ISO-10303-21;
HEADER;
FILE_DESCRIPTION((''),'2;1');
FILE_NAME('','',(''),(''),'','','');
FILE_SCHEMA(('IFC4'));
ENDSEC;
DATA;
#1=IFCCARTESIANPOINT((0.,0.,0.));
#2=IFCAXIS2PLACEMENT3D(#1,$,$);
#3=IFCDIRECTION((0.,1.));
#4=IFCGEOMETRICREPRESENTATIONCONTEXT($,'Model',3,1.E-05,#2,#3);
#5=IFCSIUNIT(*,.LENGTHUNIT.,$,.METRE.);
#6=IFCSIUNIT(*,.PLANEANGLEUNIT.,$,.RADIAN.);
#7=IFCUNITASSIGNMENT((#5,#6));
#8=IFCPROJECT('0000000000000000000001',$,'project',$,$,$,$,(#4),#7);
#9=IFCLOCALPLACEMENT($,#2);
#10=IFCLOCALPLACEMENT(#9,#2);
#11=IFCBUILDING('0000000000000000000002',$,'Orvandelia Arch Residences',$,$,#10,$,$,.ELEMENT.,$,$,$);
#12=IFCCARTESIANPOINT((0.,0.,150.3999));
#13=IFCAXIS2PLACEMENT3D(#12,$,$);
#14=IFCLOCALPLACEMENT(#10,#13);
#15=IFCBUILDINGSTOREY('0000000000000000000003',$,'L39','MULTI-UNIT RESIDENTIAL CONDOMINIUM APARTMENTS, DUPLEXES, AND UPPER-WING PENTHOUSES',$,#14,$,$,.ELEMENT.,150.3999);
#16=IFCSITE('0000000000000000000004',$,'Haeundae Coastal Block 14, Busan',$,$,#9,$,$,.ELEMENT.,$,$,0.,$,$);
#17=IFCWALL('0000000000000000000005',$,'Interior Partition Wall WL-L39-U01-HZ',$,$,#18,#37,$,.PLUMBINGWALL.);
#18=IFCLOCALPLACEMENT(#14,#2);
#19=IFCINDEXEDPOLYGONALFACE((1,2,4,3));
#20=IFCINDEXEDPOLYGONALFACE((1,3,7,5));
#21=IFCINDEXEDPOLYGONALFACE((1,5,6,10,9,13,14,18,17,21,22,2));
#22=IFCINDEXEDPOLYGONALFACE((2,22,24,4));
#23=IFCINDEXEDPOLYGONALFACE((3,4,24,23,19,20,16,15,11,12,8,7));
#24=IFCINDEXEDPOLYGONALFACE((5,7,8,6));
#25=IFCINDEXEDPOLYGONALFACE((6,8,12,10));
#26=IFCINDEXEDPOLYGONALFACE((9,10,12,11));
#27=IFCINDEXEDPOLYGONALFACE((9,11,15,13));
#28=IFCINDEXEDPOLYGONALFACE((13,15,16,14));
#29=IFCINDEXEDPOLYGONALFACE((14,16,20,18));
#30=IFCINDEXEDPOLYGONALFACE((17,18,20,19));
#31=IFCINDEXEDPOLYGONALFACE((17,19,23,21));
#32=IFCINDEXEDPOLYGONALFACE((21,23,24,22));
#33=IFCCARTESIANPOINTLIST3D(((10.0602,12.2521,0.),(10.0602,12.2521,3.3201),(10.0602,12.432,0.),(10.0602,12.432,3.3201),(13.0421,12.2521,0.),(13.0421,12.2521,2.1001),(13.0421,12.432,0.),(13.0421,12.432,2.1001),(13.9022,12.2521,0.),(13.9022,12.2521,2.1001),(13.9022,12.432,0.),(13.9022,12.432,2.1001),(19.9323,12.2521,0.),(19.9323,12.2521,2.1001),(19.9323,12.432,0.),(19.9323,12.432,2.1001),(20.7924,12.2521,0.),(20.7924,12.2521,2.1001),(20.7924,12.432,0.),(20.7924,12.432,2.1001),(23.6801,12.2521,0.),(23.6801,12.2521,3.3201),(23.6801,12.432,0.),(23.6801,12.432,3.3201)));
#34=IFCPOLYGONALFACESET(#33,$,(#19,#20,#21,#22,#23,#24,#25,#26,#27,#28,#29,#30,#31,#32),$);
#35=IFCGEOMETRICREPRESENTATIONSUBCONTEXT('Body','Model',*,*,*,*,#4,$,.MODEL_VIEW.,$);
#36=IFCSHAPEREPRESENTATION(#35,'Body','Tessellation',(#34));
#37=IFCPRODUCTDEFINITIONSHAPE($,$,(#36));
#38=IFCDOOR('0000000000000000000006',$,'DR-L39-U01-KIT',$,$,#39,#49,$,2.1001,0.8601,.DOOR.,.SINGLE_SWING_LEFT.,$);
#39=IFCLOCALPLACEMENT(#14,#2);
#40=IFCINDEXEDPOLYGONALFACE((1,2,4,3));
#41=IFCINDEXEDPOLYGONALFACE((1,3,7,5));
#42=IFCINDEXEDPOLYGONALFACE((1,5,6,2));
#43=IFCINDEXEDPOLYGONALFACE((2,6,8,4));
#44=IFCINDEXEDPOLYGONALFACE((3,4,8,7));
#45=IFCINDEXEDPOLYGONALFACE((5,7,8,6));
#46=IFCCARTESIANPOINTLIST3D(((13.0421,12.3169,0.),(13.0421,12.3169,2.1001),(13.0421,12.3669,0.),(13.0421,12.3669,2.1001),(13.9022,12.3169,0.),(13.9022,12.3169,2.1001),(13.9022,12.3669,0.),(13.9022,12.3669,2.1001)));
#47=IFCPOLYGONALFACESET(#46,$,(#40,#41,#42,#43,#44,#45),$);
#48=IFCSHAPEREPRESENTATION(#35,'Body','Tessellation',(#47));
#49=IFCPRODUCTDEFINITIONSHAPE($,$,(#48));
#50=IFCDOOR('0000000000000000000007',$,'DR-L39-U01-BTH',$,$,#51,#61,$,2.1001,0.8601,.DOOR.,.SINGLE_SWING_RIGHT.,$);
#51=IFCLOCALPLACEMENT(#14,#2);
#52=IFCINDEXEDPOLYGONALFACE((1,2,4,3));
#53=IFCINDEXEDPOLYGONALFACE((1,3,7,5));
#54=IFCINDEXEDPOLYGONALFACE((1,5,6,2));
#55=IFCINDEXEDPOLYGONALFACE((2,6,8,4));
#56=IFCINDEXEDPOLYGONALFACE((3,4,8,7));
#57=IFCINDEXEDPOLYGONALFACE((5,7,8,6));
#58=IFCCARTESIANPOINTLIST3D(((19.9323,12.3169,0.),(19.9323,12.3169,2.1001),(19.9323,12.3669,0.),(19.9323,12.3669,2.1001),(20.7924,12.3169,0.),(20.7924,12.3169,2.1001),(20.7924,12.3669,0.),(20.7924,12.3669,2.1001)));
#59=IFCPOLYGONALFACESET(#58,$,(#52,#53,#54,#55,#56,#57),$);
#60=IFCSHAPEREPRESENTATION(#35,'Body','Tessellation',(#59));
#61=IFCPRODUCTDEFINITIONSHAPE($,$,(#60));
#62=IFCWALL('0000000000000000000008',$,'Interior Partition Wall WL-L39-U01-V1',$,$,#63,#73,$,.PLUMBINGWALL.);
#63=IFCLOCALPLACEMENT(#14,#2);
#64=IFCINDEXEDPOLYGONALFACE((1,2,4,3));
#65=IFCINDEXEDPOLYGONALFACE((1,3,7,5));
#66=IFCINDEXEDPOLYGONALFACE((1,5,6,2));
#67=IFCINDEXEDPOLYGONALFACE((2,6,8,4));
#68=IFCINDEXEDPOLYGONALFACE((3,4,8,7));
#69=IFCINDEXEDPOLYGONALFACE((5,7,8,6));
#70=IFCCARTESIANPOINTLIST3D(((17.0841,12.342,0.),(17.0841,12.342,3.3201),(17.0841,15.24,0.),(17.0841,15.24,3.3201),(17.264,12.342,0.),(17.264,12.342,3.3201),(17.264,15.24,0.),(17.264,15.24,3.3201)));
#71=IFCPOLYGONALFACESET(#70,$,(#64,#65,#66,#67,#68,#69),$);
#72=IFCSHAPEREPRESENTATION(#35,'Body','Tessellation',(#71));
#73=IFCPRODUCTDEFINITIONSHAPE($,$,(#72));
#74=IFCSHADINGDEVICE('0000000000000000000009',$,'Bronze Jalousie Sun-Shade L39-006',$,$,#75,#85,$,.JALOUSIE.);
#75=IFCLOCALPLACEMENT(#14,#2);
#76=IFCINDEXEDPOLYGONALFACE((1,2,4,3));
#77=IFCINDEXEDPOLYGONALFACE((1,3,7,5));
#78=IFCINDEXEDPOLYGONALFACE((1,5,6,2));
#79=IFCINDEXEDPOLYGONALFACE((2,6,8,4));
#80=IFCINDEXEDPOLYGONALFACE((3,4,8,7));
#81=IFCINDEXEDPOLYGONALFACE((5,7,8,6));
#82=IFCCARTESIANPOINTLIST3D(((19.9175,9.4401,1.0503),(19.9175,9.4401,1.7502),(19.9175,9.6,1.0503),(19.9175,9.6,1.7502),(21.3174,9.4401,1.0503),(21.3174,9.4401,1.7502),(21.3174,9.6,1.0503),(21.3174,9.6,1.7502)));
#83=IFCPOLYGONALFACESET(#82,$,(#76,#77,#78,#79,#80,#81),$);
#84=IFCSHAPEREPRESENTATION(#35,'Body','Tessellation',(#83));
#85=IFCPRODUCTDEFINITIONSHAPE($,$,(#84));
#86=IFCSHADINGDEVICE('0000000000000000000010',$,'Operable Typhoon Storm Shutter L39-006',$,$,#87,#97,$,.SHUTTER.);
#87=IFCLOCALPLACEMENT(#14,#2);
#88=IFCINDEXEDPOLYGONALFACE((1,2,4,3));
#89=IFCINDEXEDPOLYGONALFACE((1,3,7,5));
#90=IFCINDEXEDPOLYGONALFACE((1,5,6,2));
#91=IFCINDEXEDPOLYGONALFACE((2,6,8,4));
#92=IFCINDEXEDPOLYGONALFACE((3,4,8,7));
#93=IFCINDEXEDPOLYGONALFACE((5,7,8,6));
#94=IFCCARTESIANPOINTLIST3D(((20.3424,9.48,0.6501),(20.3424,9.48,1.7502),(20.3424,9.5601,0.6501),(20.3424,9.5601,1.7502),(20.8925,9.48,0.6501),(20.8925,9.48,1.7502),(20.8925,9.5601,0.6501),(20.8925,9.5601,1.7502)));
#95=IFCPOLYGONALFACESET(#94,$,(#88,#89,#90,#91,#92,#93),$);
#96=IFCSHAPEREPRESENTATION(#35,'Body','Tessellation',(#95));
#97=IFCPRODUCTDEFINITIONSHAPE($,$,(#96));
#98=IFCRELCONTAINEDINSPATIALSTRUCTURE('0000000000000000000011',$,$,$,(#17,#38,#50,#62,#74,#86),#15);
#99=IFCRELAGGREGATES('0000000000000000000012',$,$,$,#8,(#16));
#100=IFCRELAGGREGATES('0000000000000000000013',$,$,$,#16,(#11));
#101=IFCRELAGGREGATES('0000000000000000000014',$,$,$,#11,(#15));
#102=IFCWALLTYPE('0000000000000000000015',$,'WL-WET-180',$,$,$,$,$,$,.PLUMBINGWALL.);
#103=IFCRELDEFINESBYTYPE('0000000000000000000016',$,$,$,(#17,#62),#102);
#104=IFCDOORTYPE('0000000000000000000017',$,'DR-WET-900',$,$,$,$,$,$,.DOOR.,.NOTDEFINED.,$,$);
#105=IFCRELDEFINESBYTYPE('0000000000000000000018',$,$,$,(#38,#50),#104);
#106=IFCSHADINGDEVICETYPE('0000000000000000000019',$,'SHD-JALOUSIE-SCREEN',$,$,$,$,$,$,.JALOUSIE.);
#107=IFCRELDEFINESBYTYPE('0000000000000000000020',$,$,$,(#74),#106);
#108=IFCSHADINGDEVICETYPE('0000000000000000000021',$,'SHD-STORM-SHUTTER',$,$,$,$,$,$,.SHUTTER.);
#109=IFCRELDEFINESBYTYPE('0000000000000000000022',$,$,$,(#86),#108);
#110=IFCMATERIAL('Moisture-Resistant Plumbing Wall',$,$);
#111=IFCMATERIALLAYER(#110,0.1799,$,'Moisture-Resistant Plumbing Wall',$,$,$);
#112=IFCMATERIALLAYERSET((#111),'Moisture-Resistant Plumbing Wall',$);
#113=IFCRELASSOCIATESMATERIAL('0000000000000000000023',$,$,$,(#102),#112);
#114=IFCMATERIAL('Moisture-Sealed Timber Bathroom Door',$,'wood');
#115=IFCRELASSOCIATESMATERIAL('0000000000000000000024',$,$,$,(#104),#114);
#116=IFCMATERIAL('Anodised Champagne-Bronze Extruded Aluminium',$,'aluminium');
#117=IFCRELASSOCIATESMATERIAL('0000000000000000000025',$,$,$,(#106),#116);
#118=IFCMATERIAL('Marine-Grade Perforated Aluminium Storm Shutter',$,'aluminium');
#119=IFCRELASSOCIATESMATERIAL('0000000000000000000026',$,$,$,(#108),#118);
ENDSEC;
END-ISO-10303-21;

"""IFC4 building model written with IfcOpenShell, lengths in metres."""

from ifc_helpers import new_model, si_unit, direction, frame, frame_2d, origin, origin_2d, place, context, subcontext, project, spatial, rectangle, extrude, material, layer, layer_set, type_object, element, fill, save


model = new_model("IFC4")

# Units and contexts
model_context = context("Model", 3, precision=1e-05, world=origin(), true_north=direction((0.0, 1.0)))
body_context = subcontext(model_context, "Body", "Model", "MODEL_VIEW")
ifc_project = project(units=[si_unit("LENGTHUNIT", "METRE"), si_unit("PLANEANGLEUNIT", "RADIAN")], contexts=[model_context])

# Site, building, storey
site_placement = place(None, origin())
site = spatial("IfcSite", under=ifc_project, at=site_placement, Name="Haeundae Coastal Block 14, Busan", CompositionType="ELEMENT", RefElevation=0.0)
building_placement = place(site_placement, origin())
building = spatial("IfcBuilding", under=site, at=building_placement, Name="Orvandelia Arch Residences", CompositionType="ELEMENT")
storey_placement = place(building_placement, frame((0.0, 0.0, 150.3999)))
storey = spatial("IfcBuildingStorey", under=building, at=storey_placement, Name="L39", Description="MULTI-UNIT RESIDENTIAL CONDOMINIUM APARTMENTS, DUPLEXES, AND UPPER-WING PENTHOUSES", CompositionType="ELEMENT", Elevation=150.3999)

# Wall, openings, doors
ifc_material_1 = material(Name="Moisture-Resistant Plumbing Wall")
ifc_layer_1 = layer(ifc_material_1, 0.1799, Name="Moisture-Resistant Plumbing Wall")
ifc_layer_set_1 = layer_set([ifc_layer_1], Name="Moisture-Resistant Plumbing Wall")
wall_type_1 = type_object("IfcWallType", Name="WL-WET-180", PredefinedType="PLUMBINGWALL", material=ifc_layer_set_1)
wall_1_placement = place(storey_placement, frame((10.0601, 12.342, 0.0), z_axis=(0.0, 0.0, 1.0), x_axis=(1.0, 0.0, 0.0)))
wall_1 = element("IfcWall", 1, at=wall_1_placement, inside=storey, type_object=wall_type_1, Name="Interior Partition Wall WL-L39-U01-HZ", PredefinedType="PLUMBINGWALL", context=body_context, shape_type="SweptSolid", body=[
    extrude(rectangle(XDim=13.6199, YDim=0.1799, at=frame_2d((6.8101, 0.0))), origin(), (0.0, 0.0, 1.0), 3.3201),
])
opening_1_placement = place(wall_1_placement, frame((2.9819, 0.0, 0.0)))
opening_1 = element("IfcOpeningElement", 2, at=opening_1_placement, cuts=wall_1, PredefinedType="OPENING", context=body_context, shape_type="SweptSolid", body=[
    extrude(rectangle(XDim=0.8601, YDim=2.1001, at=frame_2d((0.4302, 1.05))), frame((0.0, 0.1001, 0.0), z_axis=(0.0, -1.0, 0.0), x_axis=(1.0, 0.0, 0.0)), (0.0, 0.0, 1.0), 0.2),
])
opening_2_placement = place(wall_1_placement, frame((9.8721, 0.0, 0.0)))
opening_2 = element("IfcOpeningElement", 3, at=opening_2_placement, cuts=wall_1, PredefinedType="OPENING", context=body_context, shape_type="SweptSolid", body=[
    extrude(rectangle(XDim=0.8601, YDim=2.1001, at=frame_2d((0.4302, 1.05))), frame((0.0, 0.1001, 0.0), z_axis=(0.0, -1.0, 0.0), x_axis=(1.0, 0.0, 0.0)), (0.0, 0.0, 1.0), 0.2),
])
ifc_material_2 = material(Name="Moisture-Sealed Timber Bathroom Door", Category="wood")
door_type_1 = type_object("IfcDoorType", Name="DR-WET-900", OperationType="NOTDEFINED", PredefinedType="DOOR", material=ifc_material_2)
door_1_placement = place(opening_1_placement, origin())
door_1 = element("IfcDoor", 4, at=door_1_placement, inside=storey, type_object=door_type_1, Name="DR-L39-U01-KIT", OperationType="SINGLE_SWING_LEFT", OverallHeight=2.1001, OverallWidth=0.8601, PredefinedType="DOOR", context=body_context, shape_type="SweptSolid", body=[
    extrude(rectangle(XDim=0.8601, YDim=2.1001, at=frame_2d((0.4302, 1.05))), frame((0.0, 0.0249, 0.0), z_axis=(0.0, -1.0, 0.0), x_axis=(1.0, 0.0, 0.0)), (0.0, 0.0, 1.0), 0.05),
])
fill(opening_1, door_1)
door_2_placement = place(opening_2_placement, origin())
door_2 = element("IfcDoor", 5, at=door_2_placement, inside=storey, type_object=door_type_1, Name="DR-L39-U01-BTH", OperationType="SINGLE_SWING_RIGHT", OverallHeight=2.1001, OverallWidth=0.8601, PredefinedType="DOOR", context=body_context, shape_type="SweptSolid", body=[
    extrude(rectangle(XDim=0.8601, YDim=2.1001, at=frame_2d((0.4302, 1.05))), frame((0.0, 0.0249, 0.0), z_axis=(0.0, -1.0, 0.0), x_axis=(1.0, 0.0, 0.0)), (0.0, 0.0, 1.0), 0.05),
])
fill(opening_2, door_2)

# Wall
wall_2_placement = place(storey_placement, frame((17.1741, 12.342, 0.0), z_axis=(0.0, 0.0, 1.0), x_axis=(0.0, 1.0, 0.0)))
element("IfcWall", 6, at=wall_2_placement, inside=storey, type_object=wall_type_1, Name="Interior Partition Wall WL-L39-U01-V1", PredefinedType="PLUMBINGWALL", context=body_context, shape_type="SweptSolid", body=[
    extrude(rectangle(XDim=2.8979, YDim=0.1799, at=frame_2d((1.449, 0.0))), origin(), (0.0, 0.0, 1.0), 3.3201),
])

# Shading devices
ifc_material_3 = material(Name="Anodised Champagne-Bronze Extruded Aluminium", Category="aluminium")
shading_device_type_1 = type_object("IfcShadingDeviceType", Name="SHD-JALOUSIE-SCREEN", PredefinedType="JALOUSIE", material=ifc_material_3)
shading_device_1_placement = place(storey_placement, frame((20.6174, 9.52, 1.0503), z_axis=(0.0, 0.0, 1.0), x_axis=(-1.0, 0.0, 0.0)))
element("IfcShadingDevice", 7, at=shading_device_1_placement, inside=storey, type_object=shading_device_type_1, Name="Bronze Jalousie Sun-Shade L39-006", PredefinedType="JALOUSIE", context=body_context, shape_type="SweptSolid", body=[
    extrude(rectangle(XDim=1.3999, YDim=0.1599, at=origin_2d()), origin(), (0.0, 0.0, 1.0), 0.7),
])
ifc_material_4 = material(Name="Marine-Grade Perforated Aluminium Storm Shutter", Category="aluminium")
shading_device_type_2 = type_object("IfcShadingDeviceType", Name="SHD-STORM-SHUTTER", PredefinedType="SHUTTER", material=ifc_material_4)
shading_device_2_placement = place(storey_placement, frame((20.6174, 9.52, 0.6501), z_axis=(0.0, 0.0, 1.0), x_axis=(-1.0, 0.0, 0.0)))
element("IfcShadingDevice", 8, at=shading_device_2_placement, inside=storey, type_object=shading_device_type_2, Name="Operable Typhoon Storm Shutter L39-006", PredefinedType="SHUTTER", context=body_context, shape_type="SweptSolid", body=[
    extrude(rectangle(XDim=0.55, YDim=0.0801, at=origin_2d()), origin(), (0.0, 0.0, 1.0), 1.1001),
])

save(model, "model.ifc")
